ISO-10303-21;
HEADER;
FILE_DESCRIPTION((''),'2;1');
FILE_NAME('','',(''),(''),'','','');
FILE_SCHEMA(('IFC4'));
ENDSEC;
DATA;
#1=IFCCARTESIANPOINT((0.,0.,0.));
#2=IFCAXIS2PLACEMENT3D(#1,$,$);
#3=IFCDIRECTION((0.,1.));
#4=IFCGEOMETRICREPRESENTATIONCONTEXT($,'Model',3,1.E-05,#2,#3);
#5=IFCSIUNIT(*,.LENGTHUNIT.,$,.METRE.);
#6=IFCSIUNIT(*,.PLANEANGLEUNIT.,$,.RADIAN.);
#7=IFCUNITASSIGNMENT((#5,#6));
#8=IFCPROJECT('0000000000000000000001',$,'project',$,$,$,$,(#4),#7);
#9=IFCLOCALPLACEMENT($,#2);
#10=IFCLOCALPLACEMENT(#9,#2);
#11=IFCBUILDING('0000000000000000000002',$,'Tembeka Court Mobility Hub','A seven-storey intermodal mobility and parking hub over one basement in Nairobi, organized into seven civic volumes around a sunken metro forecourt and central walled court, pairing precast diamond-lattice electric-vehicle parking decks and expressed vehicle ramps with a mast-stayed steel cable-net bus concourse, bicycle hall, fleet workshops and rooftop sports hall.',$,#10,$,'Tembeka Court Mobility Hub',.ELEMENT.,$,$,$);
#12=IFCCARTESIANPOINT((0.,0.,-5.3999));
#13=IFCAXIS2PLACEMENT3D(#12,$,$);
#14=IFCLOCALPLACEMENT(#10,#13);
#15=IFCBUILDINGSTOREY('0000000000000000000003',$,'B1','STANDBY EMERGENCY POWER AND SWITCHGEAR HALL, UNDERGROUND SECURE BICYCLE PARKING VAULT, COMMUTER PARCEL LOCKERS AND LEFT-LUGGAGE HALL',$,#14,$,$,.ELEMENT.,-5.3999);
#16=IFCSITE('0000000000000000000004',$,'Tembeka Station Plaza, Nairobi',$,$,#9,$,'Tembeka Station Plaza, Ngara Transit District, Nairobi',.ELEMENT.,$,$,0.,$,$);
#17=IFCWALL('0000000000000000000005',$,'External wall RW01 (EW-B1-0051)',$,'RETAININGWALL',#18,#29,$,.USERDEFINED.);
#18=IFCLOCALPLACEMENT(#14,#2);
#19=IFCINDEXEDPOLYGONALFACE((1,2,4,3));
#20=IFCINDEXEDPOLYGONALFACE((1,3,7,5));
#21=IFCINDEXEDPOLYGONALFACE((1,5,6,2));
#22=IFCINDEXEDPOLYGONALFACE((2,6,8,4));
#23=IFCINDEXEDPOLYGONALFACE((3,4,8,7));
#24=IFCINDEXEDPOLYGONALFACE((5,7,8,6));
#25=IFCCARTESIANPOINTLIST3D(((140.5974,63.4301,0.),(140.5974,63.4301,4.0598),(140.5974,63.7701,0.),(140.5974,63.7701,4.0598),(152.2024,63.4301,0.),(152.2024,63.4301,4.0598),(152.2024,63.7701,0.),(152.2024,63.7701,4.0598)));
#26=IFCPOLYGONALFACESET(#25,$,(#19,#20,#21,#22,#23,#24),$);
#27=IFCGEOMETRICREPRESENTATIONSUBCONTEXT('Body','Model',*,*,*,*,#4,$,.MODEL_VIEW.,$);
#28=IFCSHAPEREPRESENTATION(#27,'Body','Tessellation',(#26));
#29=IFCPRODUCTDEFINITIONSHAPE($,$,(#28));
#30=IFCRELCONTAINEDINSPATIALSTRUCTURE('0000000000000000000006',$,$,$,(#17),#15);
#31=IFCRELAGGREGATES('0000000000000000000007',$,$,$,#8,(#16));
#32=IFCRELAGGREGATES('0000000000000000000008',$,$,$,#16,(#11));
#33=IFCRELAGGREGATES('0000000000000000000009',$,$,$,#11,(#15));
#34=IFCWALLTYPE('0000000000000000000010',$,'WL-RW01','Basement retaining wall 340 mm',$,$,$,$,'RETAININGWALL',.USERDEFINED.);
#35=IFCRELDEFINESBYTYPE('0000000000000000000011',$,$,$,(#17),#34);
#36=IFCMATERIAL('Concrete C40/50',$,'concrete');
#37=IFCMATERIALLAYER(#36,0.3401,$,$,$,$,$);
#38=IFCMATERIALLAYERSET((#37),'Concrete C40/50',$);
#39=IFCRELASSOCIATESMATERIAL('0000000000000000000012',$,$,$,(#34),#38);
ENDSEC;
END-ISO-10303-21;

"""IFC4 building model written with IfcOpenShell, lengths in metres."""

from ifc_helpers import new_model, si_unit, direction, frame, frame_2d, origin, place, context, subcontext, project, spatial, rectangle, extrude, material, layer, layer_set, type_object, element, save


model = new_model("IFC4")

# Units and contexts
model_context = context("Model", 3, precision=1e-05, world=origin(), true_north=direction((0.0, 1.0)))
body_context = subcontext(model_context, "Body", "Model", "MODEL_VIEW")
ifc_project = project(units=[si_unit("LENGTHUNIT", "METRE"), si_unit("PLANEANGLEUNIT", "RADIAN")], contexts=[model_context])

# Site, building, storey
site_placement = place(None, origin())
site = spatial("IfcSite", under=ifc_project, at=site_placement, Name="Tembeka Station Plaza, Nairobi", LongName="Tembeka Station Plaza, Ngara Transit District, Nairobi", CompositionType="ELEMENT", RefElevation=0.0)
building_placement = place(site_placement, origin())
building = spatial("IfcBuilding", under=site, at=building_placement, Name="Tembeka Court Mobility Hub", Description="A seven-storey intermodal mobility and parking hub over one basement in Nairobi, organized into seven civic volumes around a sunken metro forecourt and central walled court, pairing precast diamond-lattice electric-vehicle parking decks and expressed vehicle ramps with a mast-stayed steel cable-net bus concourse, bicycle hall, fleet workshops and rooftop sports hall.", LongName="Tembeka Court Mobility Hub", CompositionType="ELEMENT")
storey_placement = place(building_placement, frame((0.0, 0.0, -5.3999)))
storey = spatial("IfcBuildingStorey", under=building, at=storey_placement, Name="B1", Description="STANDBY EMERGENCY POWER AND SWITCHGEAR HALL, UNDERGROUND SECURE BICYCLE PARKING VAULT, COMMUTER PARCEL LOCKERS AND LEFT-LUGGAGE HALL", CompositionType="ELEMENT", Elevation=-5.3999)

# Shared definitions
ifc_material_1 = material(Name="Concrete C40/50", Category="concrete")

# Wall
ifc_layer = layer(ifc_material_1, 0.3401)
ifc_layer_set = layer_set([ifc_layer], Name="Concrete C40/50")
wall_type = type_object("IfcWallType", Name="WL-RW01", Description="Basement retaining wall 340 mm", ElementType="RETAININGWALL", PredefinedType="USERDEFINED", material=ifc_layer_set)
wall_placement = place(storey_placement, frame((140.5974, 63.6001, 0.0), z_axis=(0.0, 0.0, 1.0), x_axis=(1.0, 0.0, 0.0)))
element("IfcWall", 1, at=wall_placement, inside=storey, type_object=wall_type, Name="External wall RW01 (EW-B1-0051)", ObjectType="RETAININGWALL", PredefinedType="USERDEFINED", context=body_context, shape_type="SweptSolid", body=[
    extrude(rectangle(XDim=11.605, YDim=0.3401, at=frame_2d((5.8025, 0.0))), origin(), (0.0, 0.0, 1.0), 4.0598),
])

save(model, "model.ifc")
